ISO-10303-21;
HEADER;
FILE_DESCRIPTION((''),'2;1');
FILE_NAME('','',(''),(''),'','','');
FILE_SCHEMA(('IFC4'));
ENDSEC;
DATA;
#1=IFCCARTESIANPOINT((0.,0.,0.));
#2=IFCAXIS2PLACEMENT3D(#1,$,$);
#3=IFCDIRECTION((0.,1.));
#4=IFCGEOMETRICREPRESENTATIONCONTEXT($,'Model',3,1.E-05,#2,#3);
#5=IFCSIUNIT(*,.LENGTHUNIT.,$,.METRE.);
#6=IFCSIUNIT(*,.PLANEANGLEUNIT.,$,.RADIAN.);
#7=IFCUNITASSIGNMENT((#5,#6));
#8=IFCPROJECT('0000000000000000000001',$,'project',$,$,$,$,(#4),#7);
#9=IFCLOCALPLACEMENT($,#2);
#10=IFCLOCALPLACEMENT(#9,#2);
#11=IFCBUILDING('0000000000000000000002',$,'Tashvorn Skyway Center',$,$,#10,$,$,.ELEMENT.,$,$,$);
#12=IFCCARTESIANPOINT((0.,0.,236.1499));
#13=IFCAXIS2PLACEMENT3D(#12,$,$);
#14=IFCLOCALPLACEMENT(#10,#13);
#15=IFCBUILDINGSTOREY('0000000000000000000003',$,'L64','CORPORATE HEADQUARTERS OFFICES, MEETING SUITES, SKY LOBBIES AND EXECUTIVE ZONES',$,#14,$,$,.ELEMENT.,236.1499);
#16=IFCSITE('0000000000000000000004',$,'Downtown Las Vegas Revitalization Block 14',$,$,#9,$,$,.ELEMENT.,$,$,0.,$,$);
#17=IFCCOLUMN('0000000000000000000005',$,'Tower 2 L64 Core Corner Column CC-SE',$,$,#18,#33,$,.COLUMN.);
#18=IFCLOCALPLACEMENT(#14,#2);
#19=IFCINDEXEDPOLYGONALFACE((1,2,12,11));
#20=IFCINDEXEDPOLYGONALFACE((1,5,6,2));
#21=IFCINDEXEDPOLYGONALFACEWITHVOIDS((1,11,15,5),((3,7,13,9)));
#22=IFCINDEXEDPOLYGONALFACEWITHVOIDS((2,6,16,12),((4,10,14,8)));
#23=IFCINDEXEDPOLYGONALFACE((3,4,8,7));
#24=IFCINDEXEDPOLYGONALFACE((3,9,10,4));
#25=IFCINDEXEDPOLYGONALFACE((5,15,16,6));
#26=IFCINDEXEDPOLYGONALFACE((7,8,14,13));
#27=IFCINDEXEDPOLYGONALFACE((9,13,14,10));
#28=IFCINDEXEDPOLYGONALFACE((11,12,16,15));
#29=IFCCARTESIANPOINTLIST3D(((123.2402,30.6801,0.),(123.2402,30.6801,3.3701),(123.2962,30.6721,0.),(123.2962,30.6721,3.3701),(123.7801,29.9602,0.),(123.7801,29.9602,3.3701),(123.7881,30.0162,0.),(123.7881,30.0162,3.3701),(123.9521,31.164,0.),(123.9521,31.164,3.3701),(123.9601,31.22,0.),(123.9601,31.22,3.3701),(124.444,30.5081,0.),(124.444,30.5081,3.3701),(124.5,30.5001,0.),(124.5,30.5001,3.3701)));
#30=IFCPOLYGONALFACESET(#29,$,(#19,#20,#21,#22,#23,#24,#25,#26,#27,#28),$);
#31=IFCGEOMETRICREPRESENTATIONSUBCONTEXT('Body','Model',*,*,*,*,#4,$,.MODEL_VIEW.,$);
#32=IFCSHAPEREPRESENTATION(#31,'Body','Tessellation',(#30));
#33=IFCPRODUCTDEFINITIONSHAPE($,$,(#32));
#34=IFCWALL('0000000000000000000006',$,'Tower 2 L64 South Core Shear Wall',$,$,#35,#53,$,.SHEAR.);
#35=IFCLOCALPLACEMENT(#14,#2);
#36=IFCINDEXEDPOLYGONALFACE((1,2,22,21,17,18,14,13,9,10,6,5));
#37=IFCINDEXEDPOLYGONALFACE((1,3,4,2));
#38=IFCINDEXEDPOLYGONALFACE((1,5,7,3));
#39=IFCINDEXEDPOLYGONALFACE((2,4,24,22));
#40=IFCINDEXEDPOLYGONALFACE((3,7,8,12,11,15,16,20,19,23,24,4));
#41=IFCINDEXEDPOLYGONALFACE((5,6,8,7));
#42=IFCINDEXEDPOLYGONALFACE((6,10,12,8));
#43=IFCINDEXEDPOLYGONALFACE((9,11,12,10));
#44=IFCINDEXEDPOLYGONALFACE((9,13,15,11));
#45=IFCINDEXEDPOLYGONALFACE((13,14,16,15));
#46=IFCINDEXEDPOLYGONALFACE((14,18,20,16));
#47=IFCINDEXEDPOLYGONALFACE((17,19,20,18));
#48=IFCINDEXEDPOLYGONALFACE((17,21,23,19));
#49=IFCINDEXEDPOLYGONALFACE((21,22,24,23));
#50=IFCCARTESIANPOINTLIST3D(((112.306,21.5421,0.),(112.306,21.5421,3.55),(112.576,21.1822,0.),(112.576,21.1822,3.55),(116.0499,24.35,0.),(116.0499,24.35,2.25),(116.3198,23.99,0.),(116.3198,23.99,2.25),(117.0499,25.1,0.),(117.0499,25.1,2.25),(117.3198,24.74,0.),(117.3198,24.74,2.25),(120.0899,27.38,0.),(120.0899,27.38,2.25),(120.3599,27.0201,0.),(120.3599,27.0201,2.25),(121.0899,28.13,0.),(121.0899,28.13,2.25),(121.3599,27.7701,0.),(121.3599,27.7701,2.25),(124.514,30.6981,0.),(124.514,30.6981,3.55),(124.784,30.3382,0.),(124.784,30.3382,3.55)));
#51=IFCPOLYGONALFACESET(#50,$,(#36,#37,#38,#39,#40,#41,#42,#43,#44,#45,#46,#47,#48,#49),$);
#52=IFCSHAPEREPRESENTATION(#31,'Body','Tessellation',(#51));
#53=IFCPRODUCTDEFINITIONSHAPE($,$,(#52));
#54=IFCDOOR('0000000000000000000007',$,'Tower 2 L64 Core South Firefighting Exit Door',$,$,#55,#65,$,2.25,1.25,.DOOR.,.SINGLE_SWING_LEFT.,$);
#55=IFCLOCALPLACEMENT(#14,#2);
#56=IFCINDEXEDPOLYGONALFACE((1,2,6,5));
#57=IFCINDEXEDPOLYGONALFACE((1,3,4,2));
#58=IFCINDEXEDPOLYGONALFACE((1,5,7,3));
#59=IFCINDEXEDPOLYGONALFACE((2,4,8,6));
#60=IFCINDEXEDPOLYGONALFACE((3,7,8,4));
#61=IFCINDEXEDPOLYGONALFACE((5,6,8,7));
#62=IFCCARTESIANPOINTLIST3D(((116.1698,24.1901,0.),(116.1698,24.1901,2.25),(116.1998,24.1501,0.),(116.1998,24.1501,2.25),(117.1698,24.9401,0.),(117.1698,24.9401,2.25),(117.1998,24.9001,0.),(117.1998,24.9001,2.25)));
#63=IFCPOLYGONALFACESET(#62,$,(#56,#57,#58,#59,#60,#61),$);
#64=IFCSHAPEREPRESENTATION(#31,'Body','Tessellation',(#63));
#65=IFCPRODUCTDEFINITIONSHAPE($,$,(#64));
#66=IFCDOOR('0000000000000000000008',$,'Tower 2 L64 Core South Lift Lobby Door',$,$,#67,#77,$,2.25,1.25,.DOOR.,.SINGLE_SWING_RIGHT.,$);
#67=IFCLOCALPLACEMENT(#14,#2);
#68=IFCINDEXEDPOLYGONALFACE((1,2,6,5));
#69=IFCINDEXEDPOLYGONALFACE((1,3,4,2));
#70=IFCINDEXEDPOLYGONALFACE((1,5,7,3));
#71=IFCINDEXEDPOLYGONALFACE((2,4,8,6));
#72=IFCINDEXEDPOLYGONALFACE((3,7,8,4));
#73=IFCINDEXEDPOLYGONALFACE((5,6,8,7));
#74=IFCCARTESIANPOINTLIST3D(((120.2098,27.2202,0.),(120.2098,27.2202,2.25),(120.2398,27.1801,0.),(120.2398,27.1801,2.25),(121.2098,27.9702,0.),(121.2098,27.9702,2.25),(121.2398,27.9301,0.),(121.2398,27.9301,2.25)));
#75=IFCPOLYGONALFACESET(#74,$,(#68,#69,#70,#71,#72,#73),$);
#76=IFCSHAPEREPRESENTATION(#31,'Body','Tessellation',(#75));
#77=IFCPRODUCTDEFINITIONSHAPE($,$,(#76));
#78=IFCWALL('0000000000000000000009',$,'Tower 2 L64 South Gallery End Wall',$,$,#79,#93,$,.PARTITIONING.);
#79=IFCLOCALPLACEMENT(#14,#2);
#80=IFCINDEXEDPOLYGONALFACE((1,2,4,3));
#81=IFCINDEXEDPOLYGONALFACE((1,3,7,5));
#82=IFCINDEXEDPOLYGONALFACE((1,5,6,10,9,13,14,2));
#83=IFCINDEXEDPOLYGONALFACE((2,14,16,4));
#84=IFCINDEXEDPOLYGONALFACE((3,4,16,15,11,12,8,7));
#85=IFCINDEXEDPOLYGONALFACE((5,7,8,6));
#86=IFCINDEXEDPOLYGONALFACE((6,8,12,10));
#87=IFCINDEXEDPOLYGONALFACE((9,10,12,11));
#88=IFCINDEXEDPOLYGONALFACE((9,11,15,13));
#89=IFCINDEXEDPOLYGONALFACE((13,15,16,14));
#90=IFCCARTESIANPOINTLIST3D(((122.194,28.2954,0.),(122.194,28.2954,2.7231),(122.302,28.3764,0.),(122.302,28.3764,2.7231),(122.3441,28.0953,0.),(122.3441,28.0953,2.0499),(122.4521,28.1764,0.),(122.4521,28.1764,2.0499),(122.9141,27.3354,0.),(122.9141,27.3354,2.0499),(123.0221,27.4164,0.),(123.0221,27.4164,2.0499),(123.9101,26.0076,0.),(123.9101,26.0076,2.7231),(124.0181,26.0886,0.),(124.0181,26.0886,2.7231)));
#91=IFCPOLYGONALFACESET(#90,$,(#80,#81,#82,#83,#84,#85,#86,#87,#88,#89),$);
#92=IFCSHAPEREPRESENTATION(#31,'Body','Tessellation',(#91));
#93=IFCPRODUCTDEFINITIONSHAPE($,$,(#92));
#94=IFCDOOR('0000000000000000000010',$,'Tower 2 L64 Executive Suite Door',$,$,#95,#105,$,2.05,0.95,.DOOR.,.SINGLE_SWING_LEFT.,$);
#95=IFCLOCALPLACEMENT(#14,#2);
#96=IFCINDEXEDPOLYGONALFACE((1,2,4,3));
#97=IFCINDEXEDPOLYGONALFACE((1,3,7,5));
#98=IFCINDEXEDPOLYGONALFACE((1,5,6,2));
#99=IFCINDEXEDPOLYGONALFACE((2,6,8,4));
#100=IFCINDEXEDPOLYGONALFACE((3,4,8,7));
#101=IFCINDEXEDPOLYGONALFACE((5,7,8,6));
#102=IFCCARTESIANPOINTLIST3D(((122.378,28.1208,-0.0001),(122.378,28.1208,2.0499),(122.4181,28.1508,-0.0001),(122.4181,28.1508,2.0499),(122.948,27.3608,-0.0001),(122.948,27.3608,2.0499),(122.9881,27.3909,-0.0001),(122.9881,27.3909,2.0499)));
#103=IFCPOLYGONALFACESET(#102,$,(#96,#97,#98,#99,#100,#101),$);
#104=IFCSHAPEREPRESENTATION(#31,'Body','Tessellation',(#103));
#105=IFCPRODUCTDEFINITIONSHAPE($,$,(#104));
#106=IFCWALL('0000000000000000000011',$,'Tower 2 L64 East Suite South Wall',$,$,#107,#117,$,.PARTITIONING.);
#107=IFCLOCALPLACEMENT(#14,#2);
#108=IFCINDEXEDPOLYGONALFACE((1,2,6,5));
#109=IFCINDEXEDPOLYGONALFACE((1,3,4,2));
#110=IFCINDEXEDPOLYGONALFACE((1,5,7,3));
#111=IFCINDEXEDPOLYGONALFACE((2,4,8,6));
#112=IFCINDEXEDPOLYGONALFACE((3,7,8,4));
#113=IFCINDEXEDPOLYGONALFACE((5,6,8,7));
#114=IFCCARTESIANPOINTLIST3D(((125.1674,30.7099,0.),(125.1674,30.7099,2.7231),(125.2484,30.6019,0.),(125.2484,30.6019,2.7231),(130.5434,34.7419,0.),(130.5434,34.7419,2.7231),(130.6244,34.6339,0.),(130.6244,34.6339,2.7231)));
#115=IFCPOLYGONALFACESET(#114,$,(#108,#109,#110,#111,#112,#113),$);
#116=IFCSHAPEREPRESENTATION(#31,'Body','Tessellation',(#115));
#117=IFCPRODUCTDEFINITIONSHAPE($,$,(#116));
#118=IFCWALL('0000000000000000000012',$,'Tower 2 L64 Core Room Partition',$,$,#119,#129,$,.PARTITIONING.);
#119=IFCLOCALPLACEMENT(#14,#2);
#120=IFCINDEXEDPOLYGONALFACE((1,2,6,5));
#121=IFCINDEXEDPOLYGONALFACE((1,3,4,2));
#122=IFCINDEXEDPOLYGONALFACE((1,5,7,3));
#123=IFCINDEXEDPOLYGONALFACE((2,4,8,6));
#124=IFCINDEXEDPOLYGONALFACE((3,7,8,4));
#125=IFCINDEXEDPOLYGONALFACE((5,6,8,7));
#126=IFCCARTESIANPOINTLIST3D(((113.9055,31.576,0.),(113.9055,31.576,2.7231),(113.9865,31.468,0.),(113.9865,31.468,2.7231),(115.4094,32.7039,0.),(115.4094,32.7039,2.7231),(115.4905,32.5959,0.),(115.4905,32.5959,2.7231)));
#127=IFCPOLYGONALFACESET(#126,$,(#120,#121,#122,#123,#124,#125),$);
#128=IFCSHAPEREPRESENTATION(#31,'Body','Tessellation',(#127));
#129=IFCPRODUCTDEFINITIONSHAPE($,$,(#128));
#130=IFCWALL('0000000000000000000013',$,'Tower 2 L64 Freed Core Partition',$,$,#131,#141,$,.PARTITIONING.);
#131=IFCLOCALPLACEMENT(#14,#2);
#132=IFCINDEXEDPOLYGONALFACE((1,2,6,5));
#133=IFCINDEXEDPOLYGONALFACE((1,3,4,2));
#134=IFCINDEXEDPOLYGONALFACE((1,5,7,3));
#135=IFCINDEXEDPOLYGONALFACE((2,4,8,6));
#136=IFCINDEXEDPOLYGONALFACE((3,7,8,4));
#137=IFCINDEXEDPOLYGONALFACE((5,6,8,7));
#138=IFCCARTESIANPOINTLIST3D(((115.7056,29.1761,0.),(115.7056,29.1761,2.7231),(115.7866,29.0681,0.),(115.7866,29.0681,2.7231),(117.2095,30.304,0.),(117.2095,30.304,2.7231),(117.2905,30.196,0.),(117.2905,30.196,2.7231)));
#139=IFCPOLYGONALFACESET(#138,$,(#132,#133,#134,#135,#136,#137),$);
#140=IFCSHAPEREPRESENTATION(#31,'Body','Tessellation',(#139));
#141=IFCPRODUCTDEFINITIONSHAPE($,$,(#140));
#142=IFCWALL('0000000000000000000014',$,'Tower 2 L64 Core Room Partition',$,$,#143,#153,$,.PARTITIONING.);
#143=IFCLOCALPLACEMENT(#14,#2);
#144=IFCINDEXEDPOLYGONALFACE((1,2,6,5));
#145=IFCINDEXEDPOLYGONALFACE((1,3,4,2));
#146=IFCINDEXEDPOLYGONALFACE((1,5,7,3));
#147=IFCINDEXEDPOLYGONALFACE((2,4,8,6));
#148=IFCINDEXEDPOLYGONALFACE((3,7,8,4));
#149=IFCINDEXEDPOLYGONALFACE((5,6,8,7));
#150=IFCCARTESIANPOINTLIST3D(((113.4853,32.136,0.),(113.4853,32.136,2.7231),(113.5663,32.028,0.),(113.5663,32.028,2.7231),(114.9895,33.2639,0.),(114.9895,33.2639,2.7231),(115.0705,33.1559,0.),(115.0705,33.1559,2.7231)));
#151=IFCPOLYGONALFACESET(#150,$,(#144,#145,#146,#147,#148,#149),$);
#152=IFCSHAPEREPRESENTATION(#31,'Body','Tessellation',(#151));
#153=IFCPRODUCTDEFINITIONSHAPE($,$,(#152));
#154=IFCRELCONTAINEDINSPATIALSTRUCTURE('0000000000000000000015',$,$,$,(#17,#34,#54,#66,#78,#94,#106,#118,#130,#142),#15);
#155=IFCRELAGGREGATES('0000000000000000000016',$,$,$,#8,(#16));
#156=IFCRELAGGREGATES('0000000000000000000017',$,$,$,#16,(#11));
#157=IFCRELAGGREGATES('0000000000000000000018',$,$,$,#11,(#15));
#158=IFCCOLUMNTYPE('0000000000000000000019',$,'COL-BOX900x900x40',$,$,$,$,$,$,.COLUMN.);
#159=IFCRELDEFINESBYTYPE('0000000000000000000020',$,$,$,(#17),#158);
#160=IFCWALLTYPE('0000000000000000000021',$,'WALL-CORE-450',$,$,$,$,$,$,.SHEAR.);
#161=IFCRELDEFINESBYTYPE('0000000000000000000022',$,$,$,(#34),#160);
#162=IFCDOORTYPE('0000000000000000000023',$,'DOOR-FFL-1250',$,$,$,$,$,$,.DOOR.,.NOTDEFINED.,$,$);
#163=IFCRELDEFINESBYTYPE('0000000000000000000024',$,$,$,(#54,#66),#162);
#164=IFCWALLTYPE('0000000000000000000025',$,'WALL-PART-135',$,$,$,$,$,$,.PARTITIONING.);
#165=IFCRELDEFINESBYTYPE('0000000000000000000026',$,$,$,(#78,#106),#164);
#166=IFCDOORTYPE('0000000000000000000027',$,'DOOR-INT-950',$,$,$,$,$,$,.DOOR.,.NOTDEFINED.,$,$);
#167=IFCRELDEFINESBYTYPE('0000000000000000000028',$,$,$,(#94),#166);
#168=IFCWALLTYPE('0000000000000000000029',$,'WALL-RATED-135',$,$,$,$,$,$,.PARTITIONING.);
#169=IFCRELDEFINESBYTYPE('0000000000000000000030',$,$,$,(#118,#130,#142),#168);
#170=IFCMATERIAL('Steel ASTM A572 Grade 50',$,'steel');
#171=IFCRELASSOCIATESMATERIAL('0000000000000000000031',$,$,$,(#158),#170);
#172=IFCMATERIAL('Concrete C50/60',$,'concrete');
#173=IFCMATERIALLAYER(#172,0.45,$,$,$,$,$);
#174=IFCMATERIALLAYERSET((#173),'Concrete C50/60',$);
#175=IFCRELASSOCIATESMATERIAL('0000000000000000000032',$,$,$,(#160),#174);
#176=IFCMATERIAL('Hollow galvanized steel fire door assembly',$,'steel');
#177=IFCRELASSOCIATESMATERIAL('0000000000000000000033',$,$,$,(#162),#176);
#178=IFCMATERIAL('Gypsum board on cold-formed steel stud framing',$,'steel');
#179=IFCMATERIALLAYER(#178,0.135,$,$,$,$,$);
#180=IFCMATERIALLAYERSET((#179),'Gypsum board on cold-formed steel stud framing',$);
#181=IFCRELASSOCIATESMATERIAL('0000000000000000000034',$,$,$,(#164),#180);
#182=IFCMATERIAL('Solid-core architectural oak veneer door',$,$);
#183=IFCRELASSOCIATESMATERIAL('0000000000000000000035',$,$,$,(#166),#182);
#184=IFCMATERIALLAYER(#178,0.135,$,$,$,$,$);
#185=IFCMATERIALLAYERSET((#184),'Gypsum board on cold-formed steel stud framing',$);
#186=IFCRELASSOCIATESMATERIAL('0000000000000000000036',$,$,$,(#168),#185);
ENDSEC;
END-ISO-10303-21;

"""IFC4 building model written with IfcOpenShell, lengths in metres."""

from ifc_helpers import new_model, si_unit, direction, frame, frame_2d, origin, origin_2d, place, context, subcontext, project, spatial, rectangle, hollow_rectangle, extrude, material, layer, layer_set, material_profile, profile_set, type_object, element, fill, save


model = new_model("IFC4")

# Units and contexts
model_context = context("Model", 3, precision=1e-05, world=origin(), true_north=direction((0.0, 1.0)))
body_context = subcontext(model_context, "Body", "Model", "MODEL_VIEW")
ifc_project = project(units=[si_unit("LENGTHUNIT", "METRE"), si_unit("PLANEANGLEUNIT", "RADIAN")], contexts=[model_context])

# Site, building, storey
site_placement = place(None, origin())
site = spatial("IfcSite", under=ifc_project, at=site_placement, Name="Downtown Las Vegas Revitalization Block 14", CompositionType="ELEMENT", RefElevation=0.0)
building_placement = place(site_placement, origin())
building = spatial("IfcBuilding", under=site, at=building_placement, Name="Tashvorn Skyway Center", CompositionType="ELEMENT")
storey_placement = place(building_placement, frame((0.0, 0.0, 236.1499)))
storey = spatial("IfcBuildingStorey", under=building, at=storey_placement, Name="L64", Description="CORPORATE HEADQUARTERS OFFICES, MEETING SUITES, SKY LOBBIES AND EXECUTIVE ZONES", CompositionType="ELEMENT", Elevation=236.1499)

# Column
ifc_material_1 = material(Name="Steel ASTM A572 Grade 50", Category="steel")
ifc_material_profile = material_profile(ifc_material_1, hollow_rectangle(XDim=0.8999, YDim=0.8999, WallThickness=0.04, at=origin_2d()), Name="BOX900x900x40")
ifc_profile_set = profile_set([ifc_material_profile], Name="Steel ASTM A572 Grade 50")
column_type = type_object("IfcColumnType", Name="COL-BOX900x900x40", PredefinedType="COLUMN", material=ifc_profile_set)
column_placement = place(storey_placement, frame((123.8701, 30.5901, 0.0), z_axis=(0.0, 0.0, 1.0), x_axis=(0.8, 0.6, 0.0)))
element("IfcColumn", 1, at=column_placement, inside=storey, type_object=column_type, Name="Tower 2 L64 Core Corner Column CC-SE", PredefinedType="COLUMN", context=body_context, shape_type="SweptSolid", body=[
    extrude(hollow_rectangle(XDim=0.8999, YDim=0.8999, WallThickness=0.04, at=origin_2d()), origin(), (0.0, 0.0, 1.0), 3.3701),
])

# Wall, openings, doors
ifc_material_2 = material(Name="Concrete C50/60", Category="concrete")
ifc_layer_1 = layer(ifc_material_2, 0.45)
ifc_layer_set_1 = layer_set([ifc_layer_1], Name="Concrete C50/60")
wall_type_1 = type_object("IfcWallType", Name="WALL-CORE-450", PredefinedType="SHEAR", material=ifc_layer_set_1)
wall_1_placement = place(storey_placement, frame((124.6489, 30.5181, 0.0), z_axis=(0.0, 0.0, 1.0), x_axis=(-0.8, -0.6, 0.0)))
wall_1 = element("IfcWall", 2, at=wall_1_placement, inside=storey, type_object=wall_type_1, Name="Tower 2 L64 South Core Shear Wall", PredefinedType="SHEAR", context=body_context, shape_type="SweptSolid", body=[
    extrude(rectangle(XDim=15.26, YDim=0.45, at=frame_2d((7.6299, 0.0))), origin(), (0.0, 0.0, 1.0), 3.55),
])
opening_1_placement = place(wall_1_placement, frame((9.3301, 0.0, 0.0)))
opening_1 = element("IfcOpeningElement", 3, at=opening_1_placement, cuts=wall_1, PredefinedType="OPENING", context=body_context, shape_type="SweptSolid", body=[
    extrude(rectangle(XDim=1.25, YDim=2.25, at=frame_2d((0.625, 1.125))), frame((0.0, 0.2349, 0.0), z_axis=(0.0, -1.0, 0.0), x_axis=(1.0, 0.0, 0.0)), (0.0, 0.0, 1.0), 0.47),
])
opening_2_placement = place(wall_1_placement, frame((4.28, 0.0, 0.0)))
opening_2 = element("IfcOpeningElement", 4, at=opening_2_placement, cuts=wall_1, PredefinedType="OPENING", context=body_context, shape_type="SweptSolid", body=[
    extrude(rectangle(XDim=1.25, YDim=2.25, at=frame_2d((0.625, 1.125))), frame((0.0, 0.2349, 0.0), z_axis=(0.0, -1.0, 0.0), x_axis=(1.0, 0.0, 0.0)), (0.0, 0.0, 1.0), 0.47),
])
ifc_material_3 = material(Name="Hollow galvanized steel fire door assembly", Category="steel")
door_type_1 = type_object("IfcDoorType", Name="DOOR-FFL-1250", OperationType="NOTDEFINED", PredefinedType="DOOR", material=ifc_material_3)
door_1_placement = place(opening_1_placement, origin())
door_1 = element("IfcDoor", 5, at=door_1_placement, inside=storey, type_object=door_type_1, Name="Tower 2 L64 Core South Firefighting Exit Door", OperationType="SINGLE_SWING_LEFT", OverallHeight=2.25, OverallWidth=1.25, PredefinedType="DOOR", context=body_context, shape_type="SweptSolid", body=[
    extrude(rectangle(XDim=1.25, YDim=2.25, at=frame_2d((0.625, 1.125))), frame((0.0, 0.0249, 0.0), z_axis=(0.0, -1.0, 0.0), x_axis=(1.0, 0.0, 0.0)), (0.0, 0.0, 1.0), 0.05),
])
fill(opening_1, door_1)
door_2_placement = place(opening_2_placement, origin())
door_2 = element("IfcDoor", 6, at=door_2_placement, inside=storey, type_object=door_type_1, Name="Tower 2 L64 Core South Lift Lobby Door", OperationType="SINGLE_SWING_RIGHT", OverallHeight=2.25, OverallWidth=1.25, PredefinedType="DOOR", context=body_context, shape_type="SweptSolid", body=[
    extrude(rectangle(XDim=1.25, YDim=2.25, at=frame_2d((0.625, 1.125))), frame((0.0, 0.0249, 0.0), z_axis=(0.0, -1.0, 0.0), x_axis=(1.0, 0.0, 0.0)), (0.0, 0.0, 1.0), 0.05),
])
fill(opening_2, door_2)

# Wall, opening, door
ifc_material_4 = material(Name="Gypsum board on cold-formed steel stud framing", Category="steel")
ifc_layer_2 = layer(ifc_material_4, 0.135)
ifc_layer_set_2 = layer_set([ifc_layer_2], Name="Gypsum board on cold-formed steel stud framing")
wall_type_2 = type_object("IfcWallType", Name="WALL-PART-135", PredefinedType="PARTITIONING", material=ifc_layer_set_2)
wall_2_placement = place(storey_placement, frame((122.248, 28.3359, 0.0), z_axis=(0.0, 0.0, 1.0), x_axis=(0.600041, -0.799969, 0.0)))
wall_2 = element("IfcWall", 7, at=wall_2_placement, inside=storey, type_object=wall_type_2, Name="Tower 2 L64 South Gallery End Wall", PredefinedType="PARTITIONING", context=body_context, shape_type="SweptSolid", body=[
    extrude(rectangle(XDim=2.8599, YDim=0.135, at=frame_2d((1.4299, 0.0))), origin(), (0.0, 0.0, 1.0), 2.7231),
])
opening_3_placement = place(wall_2_placement, frame((0.25, 0.0, 0.0)))
opening_3 = element("IfcOpeningElement", 8, at=opening_3_placement, cuts=wall_2, PredefinedType="OPENING", context=body_context, shape_type="SweptSolid", body=[
    extrude(rectangle(XDim=0.95, YDim=2.05, at=frame_2d((0.4751, 1.0249))), frame((0.0, 0.0774, 0.0), z_axis=(0.0, -1.0, 0.0), x_axis=(1.0, 0.0, 0.0)), (0.0, 0.0, 1.0), 0.155),
])
ifc_material_5 = material(Name="Solid-core architectural oak veneer door")
door_type_2 = type_object("IfcDoorType", Name="DOOR-INT-950", OperationType="NOTDEFINED", PredefinedType="DOOR", material=ifc_material_5)
door_3_placement = place(opening_3_placement, origin())
door_3 = element("IfcDoor", 9, at=door_3_placement, inside=storey, type_object=door_type_2, Name="Tower 2 L64 Executive Suite Door", OperationType="SINGLE_SWING_LEFT", OverallHeight=2.05, OverallWidth=0.95, PredefinedType="DOOR", context=body_context, shape_type="SweptSolid", body=[
    extrude(rectangle(XDim=0.95, YDim=2.05, at=frame_2d((0.4751, 1.0249))), frame((0.0, 0.0249, 0.0), z_axis=(0.0, -1.0, 0.0), x_axis=(1.0, 0.0, 0.0)), (0.0, 0.0, 1.0), 0.05),
])
fill(opening_3, door_3)

# Walls
wall_3_placement = place(storey_placement, frame((125.208, 30.656, 0.0), z_axis=(0.0, 0.0, 1.0), x_axis=(0.8, 0.6, 0.0)))
element("IfcWall", 10, at=wall_3_placement, inside=storey, type_object=wall_type_2, Name="Tower 2 L64 East Suite South Wall", PredefinedType="PARTITIONING", context=body_context, shape_type="SweptSolid", body=[
    extrude(rectangle(XDim=6.72, YDim=0.135, at=frame_2d((3.3599, 0.0))), origin(), (0.0, 0.0, 1.0), 2.7231),
])
ifc_layer_3 = layer(ifc_material_4, 0.135)
ifc_layer_set_3 = layer_set([ifc_layer_3], Name="Gypsum board on cold-formed steel stud framing")
wall_type_3 = type_object("IfcWallType", Name="WALL-RATED-135", PredefinedType="PARTITIONING", material=ifc_layer_set_3)
for number, where, z_axis, x_axis, name in (
    (11, (113.946, 31.522, 0.0), (0.0, 0.0, 1.0), (0.8, 0.6, 0.0), "Tower 2 L64 Core Room Partition"),
    (12, (115.7461, 29.1221, 0.0), (0.0, 0.0, 1.0), (0.8, 0.6, 0.0), "Tower 2 L64 Freed Core Partition"),
):
    element("IfcWall", number, at=place(storey_placement, frame(where, z_axis=z_axis, x_axis=x_axis)), inside=storey, type_object=wall_type_3, Name=name, PredefinedType="PARTITIONING", context=body_context, shape_type="SweptSolid", body=[
        extrude(rectangle(XDim=1.8799, YDim=0.135, at=frame_2d((0.9399, 0.0))), origin(), (0.0, 0.0, 1.0), 2.7231),
    ])
wall_4_placement = place(storey_placement, frame((113.5259, 32.082, 0.0), z_axis=(0.0, 0.0, 1.0), x_axis=(0.800047, 0.599938, 0.0)))
element("IfcWall", 13, at=wall_4_placement, inside=storey, type_object=wall_type_3, Name="Tower 2 L64 Core Room Partition", PredefinedType="PARTITIONING", context=body_context, shape_type="SweptSolid", body=[
    extrude(rectangle(XDim=1.8801, YDim=0.135, at=frame_2d((0.9399, 0.0))), origin(), (0.0, 0.0, 1.0), 2.7231),
])

save(model, "model.ifc")
